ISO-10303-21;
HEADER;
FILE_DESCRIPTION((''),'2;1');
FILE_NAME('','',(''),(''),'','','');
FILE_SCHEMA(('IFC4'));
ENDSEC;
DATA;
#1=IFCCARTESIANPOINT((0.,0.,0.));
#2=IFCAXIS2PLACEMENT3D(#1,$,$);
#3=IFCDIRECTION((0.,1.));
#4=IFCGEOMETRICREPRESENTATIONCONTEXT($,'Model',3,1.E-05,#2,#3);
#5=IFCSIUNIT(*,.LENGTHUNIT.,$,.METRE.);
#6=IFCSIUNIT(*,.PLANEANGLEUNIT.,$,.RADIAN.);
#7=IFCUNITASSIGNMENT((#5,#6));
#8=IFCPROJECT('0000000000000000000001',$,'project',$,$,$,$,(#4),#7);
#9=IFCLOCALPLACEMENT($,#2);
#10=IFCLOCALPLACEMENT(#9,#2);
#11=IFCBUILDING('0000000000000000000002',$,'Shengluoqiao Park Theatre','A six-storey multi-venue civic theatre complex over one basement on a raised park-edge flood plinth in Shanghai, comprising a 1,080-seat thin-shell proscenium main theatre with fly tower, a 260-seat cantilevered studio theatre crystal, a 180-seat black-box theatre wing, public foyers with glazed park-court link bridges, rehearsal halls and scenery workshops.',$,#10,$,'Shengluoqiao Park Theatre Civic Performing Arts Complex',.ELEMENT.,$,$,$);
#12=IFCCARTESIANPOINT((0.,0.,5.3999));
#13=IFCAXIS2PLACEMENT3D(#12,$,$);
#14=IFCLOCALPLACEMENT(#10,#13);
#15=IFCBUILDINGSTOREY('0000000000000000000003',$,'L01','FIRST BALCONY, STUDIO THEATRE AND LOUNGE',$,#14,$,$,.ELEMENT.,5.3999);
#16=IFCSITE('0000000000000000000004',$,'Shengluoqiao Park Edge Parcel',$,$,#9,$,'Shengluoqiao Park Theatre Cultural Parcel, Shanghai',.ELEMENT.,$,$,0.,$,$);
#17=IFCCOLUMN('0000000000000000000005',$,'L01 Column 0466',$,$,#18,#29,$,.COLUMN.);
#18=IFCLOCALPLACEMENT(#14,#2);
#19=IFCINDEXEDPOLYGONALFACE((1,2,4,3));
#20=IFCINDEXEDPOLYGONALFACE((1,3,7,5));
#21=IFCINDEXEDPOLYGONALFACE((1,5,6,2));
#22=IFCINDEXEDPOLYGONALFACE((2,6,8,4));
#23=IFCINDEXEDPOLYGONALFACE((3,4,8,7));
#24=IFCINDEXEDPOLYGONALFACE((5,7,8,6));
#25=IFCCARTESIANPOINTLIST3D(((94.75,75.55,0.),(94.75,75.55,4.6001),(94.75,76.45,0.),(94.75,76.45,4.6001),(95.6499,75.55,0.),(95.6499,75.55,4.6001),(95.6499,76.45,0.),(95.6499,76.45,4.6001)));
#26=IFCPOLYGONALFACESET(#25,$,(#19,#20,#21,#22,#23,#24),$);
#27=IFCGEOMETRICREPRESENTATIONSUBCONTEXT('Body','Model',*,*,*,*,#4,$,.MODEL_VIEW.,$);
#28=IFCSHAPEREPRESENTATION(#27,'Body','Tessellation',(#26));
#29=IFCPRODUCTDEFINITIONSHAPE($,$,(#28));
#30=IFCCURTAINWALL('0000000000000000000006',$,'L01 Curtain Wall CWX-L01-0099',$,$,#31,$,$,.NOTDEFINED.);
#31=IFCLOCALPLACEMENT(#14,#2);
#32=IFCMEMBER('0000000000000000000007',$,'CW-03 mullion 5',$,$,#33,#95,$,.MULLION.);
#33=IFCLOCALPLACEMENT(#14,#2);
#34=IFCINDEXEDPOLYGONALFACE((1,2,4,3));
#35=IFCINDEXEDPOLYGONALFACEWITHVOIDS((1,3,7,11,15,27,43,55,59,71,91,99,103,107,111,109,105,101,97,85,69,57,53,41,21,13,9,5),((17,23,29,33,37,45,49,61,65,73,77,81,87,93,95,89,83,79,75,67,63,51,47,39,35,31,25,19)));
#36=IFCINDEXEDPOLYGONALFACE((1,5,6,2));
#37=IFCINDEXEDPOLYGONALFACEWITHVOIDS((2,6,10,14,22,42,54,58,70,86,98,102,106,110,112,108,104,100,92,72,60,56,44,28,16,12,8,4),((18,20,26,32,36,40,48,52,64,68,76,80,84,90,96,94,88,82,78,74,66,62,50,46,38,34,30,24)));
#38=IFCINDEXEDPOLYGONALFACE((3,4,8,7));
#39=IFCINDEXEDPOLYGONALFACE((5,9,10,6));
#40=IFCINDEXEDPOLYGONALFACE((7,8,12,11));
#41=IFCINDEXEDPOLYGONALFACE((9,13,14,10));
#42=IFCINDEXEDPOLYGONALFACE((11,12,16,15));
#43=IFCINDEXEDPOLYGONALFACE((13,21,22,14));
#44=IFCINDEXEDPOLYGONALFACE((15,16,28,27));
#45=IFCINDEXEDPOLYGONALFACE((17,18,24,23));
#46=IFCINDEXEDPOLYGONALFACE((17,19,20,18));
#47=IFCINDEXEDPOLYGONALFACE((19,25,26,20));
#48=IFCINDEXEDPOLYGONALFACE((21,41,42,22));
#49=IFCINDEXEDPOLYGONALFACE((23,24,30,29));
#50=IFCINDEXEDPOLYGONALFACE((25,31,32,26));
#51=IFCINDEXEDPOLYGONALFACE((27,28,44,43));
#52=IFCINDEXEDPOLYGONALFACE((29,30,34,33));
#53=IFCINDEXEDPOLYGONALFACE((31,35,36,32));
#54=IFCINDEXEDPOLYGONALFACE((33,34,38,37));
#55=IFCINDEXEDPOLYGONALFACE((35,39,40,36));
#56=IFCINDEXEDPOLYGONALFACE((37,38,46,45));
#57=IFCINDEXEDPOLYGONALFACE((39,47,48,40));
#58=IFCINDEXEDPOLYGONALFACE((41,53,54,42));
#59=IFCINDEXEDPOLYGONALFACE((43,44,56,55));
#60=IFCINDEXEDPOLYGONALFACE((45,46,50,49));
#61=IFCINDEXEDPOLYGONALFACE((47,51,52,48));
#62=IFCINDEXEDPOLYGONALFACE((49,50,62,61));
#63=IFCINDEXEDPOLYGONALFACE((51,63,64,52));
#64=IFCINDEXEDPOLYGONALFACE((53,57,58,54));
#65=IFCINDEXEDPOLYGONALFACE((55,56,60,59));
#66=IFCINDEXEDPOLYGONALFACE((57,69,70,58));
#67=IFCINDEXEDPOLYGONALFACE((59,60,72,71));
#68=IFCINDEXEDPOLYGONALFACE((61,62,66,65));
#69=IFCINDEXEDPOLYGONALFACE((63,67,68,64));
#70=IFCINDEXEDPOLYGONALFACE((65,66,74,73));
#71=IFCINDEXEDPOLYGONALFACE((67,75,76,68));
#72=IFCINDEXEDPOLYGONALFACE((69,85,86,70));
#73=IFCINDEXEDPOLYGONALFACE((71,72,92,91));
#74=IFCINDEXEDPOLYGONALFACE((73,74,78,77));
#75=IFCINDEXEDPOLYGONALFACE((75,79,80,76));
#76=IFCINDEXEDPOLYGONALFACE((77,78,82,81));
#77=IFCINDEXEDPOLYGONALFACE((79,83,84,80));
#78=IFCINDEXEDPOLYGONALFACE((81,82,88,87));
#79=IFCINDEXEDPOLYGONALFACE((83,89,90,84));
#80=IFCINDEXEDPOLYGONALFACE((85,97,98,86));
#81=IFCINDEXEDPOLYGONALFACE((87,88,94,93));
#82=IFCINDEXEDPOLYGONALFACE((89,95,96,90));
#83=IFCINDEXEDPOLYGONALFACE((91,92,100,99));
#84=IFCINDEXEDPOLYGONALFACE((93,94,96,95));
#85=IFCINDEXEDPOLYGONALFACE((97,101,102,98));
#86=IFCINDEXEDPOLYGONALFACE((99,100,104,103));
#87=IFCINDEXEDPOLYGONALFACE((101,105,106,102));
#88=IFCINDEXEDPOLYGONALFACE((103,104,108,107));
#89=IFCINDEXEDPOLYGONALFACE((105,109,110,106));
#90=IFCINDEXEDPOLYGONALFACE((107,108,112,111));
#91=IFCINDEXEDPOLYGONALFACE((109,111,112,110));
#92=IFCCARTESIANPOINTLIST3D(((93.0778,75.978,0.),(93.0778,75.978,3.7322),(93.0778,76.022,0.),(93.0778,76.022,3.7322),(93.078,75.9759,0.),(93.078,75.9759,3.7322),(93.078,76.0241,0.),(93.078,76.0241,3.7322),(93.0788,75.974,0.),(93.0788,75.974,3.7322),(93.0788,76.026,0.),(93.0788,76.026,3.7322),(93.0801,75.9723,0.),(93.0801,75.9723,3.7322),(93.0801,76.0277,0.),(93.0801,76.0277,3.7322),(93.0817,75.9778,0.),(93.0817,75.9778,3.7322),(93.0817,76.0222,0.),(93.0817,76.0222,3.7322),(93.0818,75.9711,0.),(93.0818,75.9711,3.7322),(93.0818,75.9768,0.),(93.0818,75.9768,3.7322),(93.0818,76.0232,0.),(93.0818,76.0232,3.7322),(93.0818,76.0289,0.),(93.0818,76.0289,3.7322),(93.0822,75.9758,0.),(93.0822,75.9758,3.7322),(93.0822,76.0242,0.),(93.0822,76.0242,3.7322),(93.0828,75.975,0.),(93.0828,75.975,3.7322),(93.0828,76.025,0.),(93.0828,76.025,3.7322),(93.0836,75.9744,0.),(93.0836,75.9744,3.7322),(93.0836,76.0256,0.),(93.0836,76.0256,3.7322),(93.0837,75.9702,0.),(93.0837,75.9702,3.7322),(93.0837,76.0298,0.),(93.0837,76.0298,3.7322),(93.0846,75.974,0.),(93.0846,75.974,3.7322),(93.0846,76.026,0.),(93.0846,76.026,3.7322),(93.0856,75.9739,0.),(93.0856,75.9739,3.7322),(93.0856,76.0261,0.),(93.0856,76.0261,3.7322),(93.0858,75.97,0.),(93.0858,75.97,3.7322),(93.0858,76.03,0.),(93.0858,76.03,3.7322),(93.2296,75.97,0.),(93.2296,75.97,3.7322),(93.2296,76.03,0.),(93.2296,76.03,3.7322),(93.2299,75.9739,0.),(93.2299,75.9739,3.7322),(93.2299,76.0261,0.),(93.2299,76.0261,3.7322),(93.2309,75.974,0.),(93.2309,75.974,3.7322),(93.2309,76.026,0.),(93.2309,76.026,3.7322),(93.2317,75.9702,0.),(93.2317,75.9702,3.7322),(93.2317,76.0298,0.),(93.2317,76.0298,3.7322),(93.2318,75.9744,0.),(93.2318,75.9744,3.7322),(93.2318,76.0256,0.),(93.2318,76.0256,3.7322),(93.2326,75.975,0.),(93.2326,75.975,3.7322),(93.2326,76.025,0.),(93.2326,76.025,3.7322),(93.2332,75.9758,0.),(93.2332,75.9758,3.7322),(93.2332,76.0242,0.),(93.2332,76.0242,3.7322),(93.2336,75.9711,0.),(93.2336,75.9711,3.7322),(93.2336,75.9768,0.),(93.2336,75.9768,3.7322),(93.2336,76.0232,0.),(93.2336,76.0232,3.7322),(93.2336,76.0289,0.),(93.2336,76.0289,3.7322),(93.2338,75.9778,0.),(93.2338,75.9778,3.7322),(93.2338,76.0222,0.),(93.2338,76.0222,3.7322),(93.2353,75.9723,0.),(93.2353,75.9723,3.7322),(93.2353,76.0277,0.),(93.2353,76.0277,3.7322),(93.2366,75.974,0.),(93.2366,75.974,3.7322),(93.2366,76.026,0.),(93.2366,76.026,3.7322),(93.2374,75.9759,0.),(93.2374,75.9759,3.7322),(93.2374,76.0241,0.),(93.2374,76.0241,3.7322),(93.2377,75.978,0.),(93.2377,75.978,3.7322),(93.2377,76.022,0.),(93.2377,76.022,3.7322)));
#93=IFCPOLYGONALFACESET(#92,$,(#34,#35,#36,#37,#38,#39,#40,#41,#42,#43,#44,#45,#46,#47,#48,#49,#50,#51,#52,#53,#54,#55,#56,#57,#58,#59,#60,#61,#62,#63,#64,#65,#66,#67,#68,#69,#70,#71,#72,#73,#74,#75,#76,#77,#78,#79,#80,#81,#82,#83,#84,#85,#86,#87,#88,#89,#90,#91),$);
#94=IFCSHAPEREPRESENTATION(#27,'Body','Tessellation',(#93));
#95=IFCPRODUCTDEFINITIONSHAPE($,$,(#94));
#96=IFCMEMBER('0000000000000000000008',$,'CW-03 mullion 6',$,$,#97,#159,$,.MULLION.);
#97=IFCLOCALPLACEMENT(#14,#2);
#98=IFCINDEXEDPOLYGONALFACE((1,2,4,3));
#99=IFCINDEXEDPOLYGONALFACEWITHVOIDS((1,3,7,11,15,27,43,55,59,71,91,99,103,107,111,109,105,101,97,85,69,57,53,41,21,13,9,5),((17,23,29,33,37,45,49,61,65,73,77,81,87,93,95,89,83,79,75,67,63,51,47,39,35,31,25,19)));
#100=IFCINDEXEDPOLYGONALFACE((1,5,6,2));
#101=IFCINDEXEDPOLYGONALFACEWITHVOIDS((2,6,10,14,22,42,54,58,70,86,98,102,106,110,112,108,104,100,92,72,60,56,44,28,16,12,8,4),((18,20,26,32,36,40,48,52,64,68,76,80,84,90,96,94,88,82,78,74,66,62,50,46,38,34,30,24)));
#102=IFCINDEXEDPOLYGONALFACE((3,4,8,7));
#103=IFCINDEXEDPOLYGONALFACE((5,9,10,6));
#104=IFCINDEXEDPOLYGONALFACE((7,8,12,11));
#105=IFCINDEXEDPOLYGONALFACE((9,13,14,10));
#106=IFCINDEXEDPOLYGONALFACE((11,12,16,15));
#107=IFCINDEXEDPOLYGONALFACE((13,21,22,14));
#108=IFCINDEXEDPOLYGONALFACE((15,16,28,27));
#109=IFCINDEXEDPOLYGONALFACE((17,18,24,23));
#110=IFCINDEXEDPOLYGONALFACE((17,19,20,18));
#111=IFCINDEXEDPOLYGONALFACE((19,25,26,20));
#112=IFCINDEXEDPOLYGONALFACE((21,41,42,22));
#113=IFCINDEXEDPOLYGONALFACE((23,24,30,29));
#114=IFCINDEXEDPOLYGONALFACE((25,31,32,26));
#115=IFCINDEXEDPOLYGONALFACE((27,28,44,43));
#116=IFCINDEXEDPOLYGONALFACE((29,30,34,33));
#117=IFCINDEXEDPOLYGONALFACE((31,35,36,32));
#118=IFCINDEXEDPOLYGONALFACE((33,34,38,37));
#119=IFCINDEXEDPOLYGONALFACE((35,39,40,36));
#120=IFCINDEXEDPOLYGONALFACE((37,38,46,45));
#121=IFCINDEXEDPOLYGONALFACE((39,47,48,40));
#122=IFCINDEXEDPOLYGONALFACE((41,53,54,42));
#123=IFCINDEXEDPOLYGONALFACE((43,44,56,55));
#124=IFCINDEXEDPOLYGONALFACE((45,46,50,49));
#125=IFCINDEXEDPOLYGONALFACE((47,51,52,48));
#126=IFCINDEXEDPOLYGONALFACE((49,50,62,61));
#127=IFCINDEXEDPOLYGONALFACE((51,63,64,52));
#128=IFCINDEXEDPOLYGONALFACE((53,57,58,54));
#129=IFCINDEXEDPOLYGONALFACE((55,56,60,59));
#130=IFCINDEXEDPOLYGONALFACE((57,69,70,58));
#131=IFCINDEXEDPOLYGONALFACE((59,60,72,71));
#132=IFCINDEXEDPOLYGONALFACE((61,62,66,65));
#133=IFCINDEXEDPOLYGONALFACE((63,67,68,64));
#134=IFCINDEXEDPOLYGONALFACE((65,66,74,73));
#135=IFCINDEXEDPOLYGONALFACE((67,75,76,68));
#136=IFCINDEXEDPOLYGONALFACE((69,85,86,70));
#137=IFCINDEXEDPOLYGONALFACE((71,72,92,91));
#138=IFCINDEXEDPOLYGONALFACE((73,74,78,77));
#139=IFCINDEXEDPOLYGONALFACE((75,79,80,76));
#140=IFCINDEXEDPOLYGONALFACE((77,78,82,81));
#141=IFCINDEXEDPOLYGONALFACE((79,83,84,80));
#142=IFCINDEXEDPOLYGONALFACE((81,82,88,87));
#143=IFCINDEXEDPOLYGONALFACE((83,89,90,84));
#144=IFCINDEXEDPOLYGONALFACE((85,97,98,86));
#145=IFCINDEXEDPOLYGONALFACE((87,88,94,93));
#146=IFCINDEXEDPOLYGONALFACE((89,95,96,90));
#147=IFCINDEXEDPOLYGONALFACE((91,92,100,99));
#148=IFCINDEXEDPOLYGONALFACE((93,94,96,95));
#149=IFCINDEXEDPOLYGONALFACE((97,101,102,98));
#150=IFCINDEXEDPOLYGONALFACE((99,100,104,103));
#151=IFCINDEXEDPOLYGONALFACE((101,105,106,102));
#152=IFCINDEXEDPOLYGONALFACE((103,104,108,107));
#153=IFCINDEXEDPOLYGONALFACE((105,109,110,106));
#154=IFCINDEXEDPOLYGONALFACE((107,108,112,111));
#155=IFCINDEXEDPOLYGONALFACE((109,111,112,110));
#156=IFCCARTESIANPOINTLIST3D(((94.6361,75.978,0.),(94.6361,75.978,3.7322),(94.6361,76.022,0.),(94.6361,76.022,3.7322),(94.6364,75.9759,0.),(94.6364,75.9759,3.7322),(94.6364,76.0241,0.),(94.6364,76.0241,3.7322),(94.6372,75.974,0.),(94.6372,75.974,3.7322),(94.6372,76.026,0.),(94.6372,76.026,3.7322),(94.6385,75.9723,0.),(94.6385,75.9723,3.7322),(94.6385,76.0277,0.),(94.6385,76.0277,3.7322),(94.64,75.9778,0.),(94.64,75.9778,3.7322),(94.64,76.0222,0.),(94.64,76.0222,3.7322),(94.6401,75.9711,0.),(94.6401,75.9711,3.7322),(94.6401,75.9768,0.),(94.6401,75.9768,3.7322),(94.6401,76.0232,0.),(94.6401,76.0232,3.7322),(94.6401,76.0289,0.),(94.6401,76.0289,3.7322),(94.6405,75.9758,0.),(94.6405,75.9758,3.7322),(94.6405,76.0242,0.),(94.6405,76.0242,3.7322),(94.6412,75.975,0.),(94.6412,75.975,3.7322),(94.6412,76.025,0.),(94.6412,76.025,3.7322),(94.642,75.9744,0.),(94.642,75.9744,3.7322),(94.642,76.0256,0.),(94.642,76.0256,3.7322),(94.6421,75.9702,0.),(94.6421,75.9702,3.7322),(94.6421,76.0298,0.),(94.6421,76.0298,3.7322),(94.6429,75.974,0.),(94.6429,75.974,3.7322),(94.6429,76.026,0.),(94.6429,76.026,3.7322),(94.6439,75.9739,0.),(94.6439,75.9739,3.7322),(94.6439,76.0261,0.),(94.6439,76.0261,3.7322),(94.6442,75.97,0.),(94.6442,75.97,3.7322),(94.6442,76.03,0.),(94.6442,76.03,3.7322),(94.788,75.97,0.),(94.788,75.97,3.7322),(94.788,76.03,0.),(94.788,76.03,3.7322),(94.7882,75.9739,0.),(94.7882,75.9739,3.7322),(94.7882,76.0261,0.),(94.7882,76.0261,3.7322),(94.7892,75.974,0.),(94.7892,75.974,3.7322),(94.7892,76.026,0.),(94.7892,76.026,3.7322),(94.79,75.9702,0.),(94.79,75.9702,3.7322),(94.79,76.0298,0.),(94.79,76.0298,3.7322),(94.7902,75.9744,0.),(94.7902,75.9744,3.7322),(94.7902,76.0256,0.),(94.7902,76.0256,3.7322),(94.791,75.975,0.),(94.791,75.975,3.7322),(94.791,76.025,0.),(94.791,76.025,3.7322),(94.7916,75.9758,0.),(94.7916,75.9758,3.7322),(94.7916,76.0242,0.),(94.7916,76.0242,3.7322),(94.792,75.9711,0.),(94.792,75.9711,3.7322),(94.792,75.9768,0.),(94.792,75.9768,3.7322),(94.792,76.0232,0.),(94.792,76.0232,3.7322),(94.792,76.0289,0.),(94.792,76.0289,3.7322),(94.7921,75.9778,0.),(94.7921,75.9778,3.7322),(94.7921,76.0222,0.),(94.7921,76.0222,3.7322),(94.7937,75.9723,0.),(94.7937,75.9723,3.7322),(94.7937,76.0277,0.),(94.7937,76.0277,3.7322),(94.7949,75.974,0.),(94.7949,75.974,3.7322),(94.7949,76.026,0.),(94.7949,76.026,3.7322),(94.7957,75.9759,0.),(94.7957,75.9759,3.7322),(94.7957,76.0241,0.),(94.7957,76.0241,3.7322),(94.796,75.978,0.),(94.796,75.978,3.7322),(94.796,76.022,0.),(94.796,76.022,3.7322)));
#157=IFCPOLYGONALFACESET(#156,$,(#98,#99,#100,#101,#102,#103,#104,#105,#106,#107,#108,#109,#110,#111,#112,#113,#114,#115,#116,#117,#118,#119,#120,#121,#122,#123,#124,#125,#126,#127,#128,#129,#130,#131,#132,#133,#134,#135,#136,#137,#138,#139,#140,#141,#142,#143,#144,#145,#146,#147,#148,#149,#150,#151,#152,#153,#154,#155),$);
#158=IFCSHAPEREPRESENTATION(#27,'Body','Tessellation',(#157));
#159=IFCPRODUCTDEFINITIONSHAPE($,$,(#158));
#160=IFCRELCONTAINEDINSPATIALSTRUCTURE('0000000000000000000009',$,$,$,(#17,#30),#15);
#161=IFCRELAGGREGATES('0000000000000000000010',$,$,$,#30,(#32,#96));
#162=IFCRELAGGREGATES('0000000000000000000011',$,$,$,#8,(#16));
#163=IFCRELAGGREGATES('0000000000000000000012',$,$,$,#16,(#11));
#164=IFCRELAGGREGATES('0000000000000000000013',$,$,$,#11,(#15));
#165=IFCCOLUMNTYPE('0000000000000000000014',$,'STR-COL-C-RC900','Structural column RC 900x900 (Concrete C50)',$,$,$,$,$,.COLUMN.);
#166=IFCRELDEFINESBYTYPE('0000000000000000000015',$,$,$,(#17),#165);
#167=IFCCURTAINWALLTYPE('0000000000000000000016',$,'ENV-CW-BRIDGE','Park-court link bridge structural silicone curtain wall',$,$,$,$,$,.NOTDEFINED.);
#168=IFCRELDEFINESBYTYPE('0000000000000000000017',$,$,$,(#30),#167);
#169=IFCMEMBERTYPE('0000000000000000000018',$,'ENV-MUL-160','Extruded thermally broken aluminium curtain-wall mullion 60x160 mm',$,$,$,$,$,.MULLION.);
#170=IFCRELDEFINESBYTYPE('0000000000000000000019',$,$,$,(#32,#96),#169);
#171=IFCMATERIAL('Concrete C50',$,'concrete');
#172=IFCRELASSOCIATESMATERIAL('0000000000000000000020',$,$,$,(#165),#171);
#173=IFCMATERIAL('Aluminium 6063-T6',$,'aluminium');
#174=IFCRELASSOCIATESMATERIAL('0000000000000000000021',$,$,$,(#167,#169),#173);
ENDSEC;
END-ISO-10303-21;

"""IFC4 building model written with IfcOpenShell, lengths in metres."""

from ifc_helpers import new_model, si_unit, direction, frame, origin, origin_2d, place, context, subcontext, project, spatial, rectangle, hollow_rectangle, extrude, material, material_profile, profile_set, type_object, element, aggregate, save


model = new_model("IFC4")

# Units and contexts
model_context = context("Model", 3, precision=1e-05, world=origin(), true_north=direction((0.0, 1.0)))
body_context = subcontext(model_context, "Body", "Model", "MODEL_VIEW")
ifc_project = project(units=[si_unit("LENGTHUNIT", "METRE"), si_unit("PLANEANGLEUNIT", "RADIAN")], contexts=[model_context])

# Site, building, storey
site_placement = place(None, origin())
site = spatial("IfcSite", under=ifc_project, at=site_placement, Name="Shengluoqiao Park Edge Parcel", LongName="Shengluoqiao Park Theatre Cultural Parcel, Shanghai", CompositionType="ELEMENT", RefElevation=0.0)
building_placement = place(site_placement, origin())
building = spatial("IfcBuilding", under=site, at=building_placement, Name="Shengluoqiao Park Theatre", Description="A six-storey multi-venue civic theatre complex over one basement on a raised park-edge flood plinth in Shanghai, comprising a 1,080-seat thin-shell proscenium main theatre with fly tower, a 260-seat cantilevered studio theatre crystal, a 180-seat black-box theatre wing, public foyers with glazed park-court link bridges, rehearsal halls and scenery workshops.", LongName="Shengluoqiao Park Theatre Civic Performing Arts Complex", CompositionType="ELEMENT")
storey_placement = place(building_placement, frame((0.0, 0.0, 5.3999)))
storey = spatial("IfcBuildingStorey", under=building, at=storey_placement, Name="L01", Description="FIRST BALCONY, STUDIO THEATRE AND LOUNGE", CompositionType="ELEMENT", Elevation=5.3999)

# Column
ifc_material_1 = material(Name="Concrete C50", Category="concrete")
ifc_material_profile_1 = material_profile(ifc_material_1, rectangle(XDim=0.8999, YDim=0.8999, at=origin_2d()), Name="RC 900x900")
ifc_profile_set_1 = profile_set([ifc_material_profile_1], Name="Concrete C50")
column_type = type_object("IfcColumnType", Name="STR-COL-C-RC900", Description="Structural column RC 900x900 (Concrete C50)", PredefinedType="COLUMN", material=ifc_profile_set_1)
column_placement = place(storey_placement, frame((95.2, 76.0, 0.0), z_axis=(0.0, 0.0, 1.0), x_axis=(1.0, 0.0, 0.0)))
element("IfcColumn", 1, at=column_placement, inside=storey, type_object=column_type, Name="L01 Column 0466", PredefinedType="COLUMN", context=body_context, shape_type="SweptSolid", body=[
    extrude(rectangle(XDim=0.8999, YDim=0.8999, at=origin_2d()), origin(), (0.0, 0.0, 1.0), 4.6001),
])

# Curtain wall, members
ifc_material_2 = material(Name="Aluminium 6063-T6", Category="aluminium")
curtain_wall_type = type_object("IfcCurtainWallType", Name="ENV-CW-BRIDGE", Description="Park-court link bridge structural silicone curtain wall", PredefinedType="NOTDEFINED", material=ifc_material_2)
curtain_wall_1_placement = place(storey_placement, origin())
curtain_wall_1 = element("IfcCurtainWall", 2, at=curtain_wall_1_placement, inside=storey, type_object=curtain_wall_type, Name="L01 Curtain Wall CWX-L01-0099", PredefinedType="NOTDEFINED")
ifc_material_profile_2 = material_profile(ifc_material_2, hollow_rectangle(XDim=0.0601, YDim=0.1599, WallThickness=0.0039, InnerFilletRadius=0.0039, OuterFilletRadius=0.0081, at=origin_2d()), Name="ALU MULLION 160x60x4")
ifc_profile_set_2 = profile_set([ifc_material_profile_2], Name="Aluminium 6063-T6")
member_type_1 = type_object("IfcMemberType", Name="ENV-MUL-160", Description="Extruded thermally broken aluminium curtain-wall mullion 60x160 mm", PredefinedType="MULLION", material=ifc_profile_set_2)
member_1_placement = place(storey_placement, frame((93.1577, 76.0, 0.0), z_axis=(0.0, 0.0, 1.0), x_axis=(0.0, 1.0, 0.0)))
member_1 = element("IfcMember", 3, at=member_1_placement, type_object=member_type_1, Name="CW-03 mullion 5", PredefinedType="MULLION", context=body_context, shape_type="SweptSolid", body=[
    extrude(hollow_rectangle(XDim=0.0601, YDim=0.1599, WallThickness=0.0039, InnerFilletRadius=0.0039, OuterFilletRadius=0.0081, at=origin_2d()), origin(), (0.0, 0.0, 1.0), 3.7322),
])
member_2_placement = place(storey_placement, frame((94.7161, 76.0, 0.0), z_axis=(0.0, 0.0, 1.0), x_axis=(0.0, 1.0, 0.0)))
member_2 = element("IfcMember", 4, at=member_2_placement, type_object=member_type_1, Name="CW-03 mullion 6", PredefinedType="MULLION", context=body_context, shape_type="SweptSolid", body=[
    extrude(hollow_rectangle(XDim=0.0601, YDim=0.1599, WallThickness=0.0039, InnerFilletRadius=0.0039, OuterFilletRadius=0.0081, at=origin_2d()), origin(), (0.0, 0.0, 1.0), 3.7322),
])

aggregate(curtain_wall_1, [member_1, member_2])

save(model, "model.ifc")
